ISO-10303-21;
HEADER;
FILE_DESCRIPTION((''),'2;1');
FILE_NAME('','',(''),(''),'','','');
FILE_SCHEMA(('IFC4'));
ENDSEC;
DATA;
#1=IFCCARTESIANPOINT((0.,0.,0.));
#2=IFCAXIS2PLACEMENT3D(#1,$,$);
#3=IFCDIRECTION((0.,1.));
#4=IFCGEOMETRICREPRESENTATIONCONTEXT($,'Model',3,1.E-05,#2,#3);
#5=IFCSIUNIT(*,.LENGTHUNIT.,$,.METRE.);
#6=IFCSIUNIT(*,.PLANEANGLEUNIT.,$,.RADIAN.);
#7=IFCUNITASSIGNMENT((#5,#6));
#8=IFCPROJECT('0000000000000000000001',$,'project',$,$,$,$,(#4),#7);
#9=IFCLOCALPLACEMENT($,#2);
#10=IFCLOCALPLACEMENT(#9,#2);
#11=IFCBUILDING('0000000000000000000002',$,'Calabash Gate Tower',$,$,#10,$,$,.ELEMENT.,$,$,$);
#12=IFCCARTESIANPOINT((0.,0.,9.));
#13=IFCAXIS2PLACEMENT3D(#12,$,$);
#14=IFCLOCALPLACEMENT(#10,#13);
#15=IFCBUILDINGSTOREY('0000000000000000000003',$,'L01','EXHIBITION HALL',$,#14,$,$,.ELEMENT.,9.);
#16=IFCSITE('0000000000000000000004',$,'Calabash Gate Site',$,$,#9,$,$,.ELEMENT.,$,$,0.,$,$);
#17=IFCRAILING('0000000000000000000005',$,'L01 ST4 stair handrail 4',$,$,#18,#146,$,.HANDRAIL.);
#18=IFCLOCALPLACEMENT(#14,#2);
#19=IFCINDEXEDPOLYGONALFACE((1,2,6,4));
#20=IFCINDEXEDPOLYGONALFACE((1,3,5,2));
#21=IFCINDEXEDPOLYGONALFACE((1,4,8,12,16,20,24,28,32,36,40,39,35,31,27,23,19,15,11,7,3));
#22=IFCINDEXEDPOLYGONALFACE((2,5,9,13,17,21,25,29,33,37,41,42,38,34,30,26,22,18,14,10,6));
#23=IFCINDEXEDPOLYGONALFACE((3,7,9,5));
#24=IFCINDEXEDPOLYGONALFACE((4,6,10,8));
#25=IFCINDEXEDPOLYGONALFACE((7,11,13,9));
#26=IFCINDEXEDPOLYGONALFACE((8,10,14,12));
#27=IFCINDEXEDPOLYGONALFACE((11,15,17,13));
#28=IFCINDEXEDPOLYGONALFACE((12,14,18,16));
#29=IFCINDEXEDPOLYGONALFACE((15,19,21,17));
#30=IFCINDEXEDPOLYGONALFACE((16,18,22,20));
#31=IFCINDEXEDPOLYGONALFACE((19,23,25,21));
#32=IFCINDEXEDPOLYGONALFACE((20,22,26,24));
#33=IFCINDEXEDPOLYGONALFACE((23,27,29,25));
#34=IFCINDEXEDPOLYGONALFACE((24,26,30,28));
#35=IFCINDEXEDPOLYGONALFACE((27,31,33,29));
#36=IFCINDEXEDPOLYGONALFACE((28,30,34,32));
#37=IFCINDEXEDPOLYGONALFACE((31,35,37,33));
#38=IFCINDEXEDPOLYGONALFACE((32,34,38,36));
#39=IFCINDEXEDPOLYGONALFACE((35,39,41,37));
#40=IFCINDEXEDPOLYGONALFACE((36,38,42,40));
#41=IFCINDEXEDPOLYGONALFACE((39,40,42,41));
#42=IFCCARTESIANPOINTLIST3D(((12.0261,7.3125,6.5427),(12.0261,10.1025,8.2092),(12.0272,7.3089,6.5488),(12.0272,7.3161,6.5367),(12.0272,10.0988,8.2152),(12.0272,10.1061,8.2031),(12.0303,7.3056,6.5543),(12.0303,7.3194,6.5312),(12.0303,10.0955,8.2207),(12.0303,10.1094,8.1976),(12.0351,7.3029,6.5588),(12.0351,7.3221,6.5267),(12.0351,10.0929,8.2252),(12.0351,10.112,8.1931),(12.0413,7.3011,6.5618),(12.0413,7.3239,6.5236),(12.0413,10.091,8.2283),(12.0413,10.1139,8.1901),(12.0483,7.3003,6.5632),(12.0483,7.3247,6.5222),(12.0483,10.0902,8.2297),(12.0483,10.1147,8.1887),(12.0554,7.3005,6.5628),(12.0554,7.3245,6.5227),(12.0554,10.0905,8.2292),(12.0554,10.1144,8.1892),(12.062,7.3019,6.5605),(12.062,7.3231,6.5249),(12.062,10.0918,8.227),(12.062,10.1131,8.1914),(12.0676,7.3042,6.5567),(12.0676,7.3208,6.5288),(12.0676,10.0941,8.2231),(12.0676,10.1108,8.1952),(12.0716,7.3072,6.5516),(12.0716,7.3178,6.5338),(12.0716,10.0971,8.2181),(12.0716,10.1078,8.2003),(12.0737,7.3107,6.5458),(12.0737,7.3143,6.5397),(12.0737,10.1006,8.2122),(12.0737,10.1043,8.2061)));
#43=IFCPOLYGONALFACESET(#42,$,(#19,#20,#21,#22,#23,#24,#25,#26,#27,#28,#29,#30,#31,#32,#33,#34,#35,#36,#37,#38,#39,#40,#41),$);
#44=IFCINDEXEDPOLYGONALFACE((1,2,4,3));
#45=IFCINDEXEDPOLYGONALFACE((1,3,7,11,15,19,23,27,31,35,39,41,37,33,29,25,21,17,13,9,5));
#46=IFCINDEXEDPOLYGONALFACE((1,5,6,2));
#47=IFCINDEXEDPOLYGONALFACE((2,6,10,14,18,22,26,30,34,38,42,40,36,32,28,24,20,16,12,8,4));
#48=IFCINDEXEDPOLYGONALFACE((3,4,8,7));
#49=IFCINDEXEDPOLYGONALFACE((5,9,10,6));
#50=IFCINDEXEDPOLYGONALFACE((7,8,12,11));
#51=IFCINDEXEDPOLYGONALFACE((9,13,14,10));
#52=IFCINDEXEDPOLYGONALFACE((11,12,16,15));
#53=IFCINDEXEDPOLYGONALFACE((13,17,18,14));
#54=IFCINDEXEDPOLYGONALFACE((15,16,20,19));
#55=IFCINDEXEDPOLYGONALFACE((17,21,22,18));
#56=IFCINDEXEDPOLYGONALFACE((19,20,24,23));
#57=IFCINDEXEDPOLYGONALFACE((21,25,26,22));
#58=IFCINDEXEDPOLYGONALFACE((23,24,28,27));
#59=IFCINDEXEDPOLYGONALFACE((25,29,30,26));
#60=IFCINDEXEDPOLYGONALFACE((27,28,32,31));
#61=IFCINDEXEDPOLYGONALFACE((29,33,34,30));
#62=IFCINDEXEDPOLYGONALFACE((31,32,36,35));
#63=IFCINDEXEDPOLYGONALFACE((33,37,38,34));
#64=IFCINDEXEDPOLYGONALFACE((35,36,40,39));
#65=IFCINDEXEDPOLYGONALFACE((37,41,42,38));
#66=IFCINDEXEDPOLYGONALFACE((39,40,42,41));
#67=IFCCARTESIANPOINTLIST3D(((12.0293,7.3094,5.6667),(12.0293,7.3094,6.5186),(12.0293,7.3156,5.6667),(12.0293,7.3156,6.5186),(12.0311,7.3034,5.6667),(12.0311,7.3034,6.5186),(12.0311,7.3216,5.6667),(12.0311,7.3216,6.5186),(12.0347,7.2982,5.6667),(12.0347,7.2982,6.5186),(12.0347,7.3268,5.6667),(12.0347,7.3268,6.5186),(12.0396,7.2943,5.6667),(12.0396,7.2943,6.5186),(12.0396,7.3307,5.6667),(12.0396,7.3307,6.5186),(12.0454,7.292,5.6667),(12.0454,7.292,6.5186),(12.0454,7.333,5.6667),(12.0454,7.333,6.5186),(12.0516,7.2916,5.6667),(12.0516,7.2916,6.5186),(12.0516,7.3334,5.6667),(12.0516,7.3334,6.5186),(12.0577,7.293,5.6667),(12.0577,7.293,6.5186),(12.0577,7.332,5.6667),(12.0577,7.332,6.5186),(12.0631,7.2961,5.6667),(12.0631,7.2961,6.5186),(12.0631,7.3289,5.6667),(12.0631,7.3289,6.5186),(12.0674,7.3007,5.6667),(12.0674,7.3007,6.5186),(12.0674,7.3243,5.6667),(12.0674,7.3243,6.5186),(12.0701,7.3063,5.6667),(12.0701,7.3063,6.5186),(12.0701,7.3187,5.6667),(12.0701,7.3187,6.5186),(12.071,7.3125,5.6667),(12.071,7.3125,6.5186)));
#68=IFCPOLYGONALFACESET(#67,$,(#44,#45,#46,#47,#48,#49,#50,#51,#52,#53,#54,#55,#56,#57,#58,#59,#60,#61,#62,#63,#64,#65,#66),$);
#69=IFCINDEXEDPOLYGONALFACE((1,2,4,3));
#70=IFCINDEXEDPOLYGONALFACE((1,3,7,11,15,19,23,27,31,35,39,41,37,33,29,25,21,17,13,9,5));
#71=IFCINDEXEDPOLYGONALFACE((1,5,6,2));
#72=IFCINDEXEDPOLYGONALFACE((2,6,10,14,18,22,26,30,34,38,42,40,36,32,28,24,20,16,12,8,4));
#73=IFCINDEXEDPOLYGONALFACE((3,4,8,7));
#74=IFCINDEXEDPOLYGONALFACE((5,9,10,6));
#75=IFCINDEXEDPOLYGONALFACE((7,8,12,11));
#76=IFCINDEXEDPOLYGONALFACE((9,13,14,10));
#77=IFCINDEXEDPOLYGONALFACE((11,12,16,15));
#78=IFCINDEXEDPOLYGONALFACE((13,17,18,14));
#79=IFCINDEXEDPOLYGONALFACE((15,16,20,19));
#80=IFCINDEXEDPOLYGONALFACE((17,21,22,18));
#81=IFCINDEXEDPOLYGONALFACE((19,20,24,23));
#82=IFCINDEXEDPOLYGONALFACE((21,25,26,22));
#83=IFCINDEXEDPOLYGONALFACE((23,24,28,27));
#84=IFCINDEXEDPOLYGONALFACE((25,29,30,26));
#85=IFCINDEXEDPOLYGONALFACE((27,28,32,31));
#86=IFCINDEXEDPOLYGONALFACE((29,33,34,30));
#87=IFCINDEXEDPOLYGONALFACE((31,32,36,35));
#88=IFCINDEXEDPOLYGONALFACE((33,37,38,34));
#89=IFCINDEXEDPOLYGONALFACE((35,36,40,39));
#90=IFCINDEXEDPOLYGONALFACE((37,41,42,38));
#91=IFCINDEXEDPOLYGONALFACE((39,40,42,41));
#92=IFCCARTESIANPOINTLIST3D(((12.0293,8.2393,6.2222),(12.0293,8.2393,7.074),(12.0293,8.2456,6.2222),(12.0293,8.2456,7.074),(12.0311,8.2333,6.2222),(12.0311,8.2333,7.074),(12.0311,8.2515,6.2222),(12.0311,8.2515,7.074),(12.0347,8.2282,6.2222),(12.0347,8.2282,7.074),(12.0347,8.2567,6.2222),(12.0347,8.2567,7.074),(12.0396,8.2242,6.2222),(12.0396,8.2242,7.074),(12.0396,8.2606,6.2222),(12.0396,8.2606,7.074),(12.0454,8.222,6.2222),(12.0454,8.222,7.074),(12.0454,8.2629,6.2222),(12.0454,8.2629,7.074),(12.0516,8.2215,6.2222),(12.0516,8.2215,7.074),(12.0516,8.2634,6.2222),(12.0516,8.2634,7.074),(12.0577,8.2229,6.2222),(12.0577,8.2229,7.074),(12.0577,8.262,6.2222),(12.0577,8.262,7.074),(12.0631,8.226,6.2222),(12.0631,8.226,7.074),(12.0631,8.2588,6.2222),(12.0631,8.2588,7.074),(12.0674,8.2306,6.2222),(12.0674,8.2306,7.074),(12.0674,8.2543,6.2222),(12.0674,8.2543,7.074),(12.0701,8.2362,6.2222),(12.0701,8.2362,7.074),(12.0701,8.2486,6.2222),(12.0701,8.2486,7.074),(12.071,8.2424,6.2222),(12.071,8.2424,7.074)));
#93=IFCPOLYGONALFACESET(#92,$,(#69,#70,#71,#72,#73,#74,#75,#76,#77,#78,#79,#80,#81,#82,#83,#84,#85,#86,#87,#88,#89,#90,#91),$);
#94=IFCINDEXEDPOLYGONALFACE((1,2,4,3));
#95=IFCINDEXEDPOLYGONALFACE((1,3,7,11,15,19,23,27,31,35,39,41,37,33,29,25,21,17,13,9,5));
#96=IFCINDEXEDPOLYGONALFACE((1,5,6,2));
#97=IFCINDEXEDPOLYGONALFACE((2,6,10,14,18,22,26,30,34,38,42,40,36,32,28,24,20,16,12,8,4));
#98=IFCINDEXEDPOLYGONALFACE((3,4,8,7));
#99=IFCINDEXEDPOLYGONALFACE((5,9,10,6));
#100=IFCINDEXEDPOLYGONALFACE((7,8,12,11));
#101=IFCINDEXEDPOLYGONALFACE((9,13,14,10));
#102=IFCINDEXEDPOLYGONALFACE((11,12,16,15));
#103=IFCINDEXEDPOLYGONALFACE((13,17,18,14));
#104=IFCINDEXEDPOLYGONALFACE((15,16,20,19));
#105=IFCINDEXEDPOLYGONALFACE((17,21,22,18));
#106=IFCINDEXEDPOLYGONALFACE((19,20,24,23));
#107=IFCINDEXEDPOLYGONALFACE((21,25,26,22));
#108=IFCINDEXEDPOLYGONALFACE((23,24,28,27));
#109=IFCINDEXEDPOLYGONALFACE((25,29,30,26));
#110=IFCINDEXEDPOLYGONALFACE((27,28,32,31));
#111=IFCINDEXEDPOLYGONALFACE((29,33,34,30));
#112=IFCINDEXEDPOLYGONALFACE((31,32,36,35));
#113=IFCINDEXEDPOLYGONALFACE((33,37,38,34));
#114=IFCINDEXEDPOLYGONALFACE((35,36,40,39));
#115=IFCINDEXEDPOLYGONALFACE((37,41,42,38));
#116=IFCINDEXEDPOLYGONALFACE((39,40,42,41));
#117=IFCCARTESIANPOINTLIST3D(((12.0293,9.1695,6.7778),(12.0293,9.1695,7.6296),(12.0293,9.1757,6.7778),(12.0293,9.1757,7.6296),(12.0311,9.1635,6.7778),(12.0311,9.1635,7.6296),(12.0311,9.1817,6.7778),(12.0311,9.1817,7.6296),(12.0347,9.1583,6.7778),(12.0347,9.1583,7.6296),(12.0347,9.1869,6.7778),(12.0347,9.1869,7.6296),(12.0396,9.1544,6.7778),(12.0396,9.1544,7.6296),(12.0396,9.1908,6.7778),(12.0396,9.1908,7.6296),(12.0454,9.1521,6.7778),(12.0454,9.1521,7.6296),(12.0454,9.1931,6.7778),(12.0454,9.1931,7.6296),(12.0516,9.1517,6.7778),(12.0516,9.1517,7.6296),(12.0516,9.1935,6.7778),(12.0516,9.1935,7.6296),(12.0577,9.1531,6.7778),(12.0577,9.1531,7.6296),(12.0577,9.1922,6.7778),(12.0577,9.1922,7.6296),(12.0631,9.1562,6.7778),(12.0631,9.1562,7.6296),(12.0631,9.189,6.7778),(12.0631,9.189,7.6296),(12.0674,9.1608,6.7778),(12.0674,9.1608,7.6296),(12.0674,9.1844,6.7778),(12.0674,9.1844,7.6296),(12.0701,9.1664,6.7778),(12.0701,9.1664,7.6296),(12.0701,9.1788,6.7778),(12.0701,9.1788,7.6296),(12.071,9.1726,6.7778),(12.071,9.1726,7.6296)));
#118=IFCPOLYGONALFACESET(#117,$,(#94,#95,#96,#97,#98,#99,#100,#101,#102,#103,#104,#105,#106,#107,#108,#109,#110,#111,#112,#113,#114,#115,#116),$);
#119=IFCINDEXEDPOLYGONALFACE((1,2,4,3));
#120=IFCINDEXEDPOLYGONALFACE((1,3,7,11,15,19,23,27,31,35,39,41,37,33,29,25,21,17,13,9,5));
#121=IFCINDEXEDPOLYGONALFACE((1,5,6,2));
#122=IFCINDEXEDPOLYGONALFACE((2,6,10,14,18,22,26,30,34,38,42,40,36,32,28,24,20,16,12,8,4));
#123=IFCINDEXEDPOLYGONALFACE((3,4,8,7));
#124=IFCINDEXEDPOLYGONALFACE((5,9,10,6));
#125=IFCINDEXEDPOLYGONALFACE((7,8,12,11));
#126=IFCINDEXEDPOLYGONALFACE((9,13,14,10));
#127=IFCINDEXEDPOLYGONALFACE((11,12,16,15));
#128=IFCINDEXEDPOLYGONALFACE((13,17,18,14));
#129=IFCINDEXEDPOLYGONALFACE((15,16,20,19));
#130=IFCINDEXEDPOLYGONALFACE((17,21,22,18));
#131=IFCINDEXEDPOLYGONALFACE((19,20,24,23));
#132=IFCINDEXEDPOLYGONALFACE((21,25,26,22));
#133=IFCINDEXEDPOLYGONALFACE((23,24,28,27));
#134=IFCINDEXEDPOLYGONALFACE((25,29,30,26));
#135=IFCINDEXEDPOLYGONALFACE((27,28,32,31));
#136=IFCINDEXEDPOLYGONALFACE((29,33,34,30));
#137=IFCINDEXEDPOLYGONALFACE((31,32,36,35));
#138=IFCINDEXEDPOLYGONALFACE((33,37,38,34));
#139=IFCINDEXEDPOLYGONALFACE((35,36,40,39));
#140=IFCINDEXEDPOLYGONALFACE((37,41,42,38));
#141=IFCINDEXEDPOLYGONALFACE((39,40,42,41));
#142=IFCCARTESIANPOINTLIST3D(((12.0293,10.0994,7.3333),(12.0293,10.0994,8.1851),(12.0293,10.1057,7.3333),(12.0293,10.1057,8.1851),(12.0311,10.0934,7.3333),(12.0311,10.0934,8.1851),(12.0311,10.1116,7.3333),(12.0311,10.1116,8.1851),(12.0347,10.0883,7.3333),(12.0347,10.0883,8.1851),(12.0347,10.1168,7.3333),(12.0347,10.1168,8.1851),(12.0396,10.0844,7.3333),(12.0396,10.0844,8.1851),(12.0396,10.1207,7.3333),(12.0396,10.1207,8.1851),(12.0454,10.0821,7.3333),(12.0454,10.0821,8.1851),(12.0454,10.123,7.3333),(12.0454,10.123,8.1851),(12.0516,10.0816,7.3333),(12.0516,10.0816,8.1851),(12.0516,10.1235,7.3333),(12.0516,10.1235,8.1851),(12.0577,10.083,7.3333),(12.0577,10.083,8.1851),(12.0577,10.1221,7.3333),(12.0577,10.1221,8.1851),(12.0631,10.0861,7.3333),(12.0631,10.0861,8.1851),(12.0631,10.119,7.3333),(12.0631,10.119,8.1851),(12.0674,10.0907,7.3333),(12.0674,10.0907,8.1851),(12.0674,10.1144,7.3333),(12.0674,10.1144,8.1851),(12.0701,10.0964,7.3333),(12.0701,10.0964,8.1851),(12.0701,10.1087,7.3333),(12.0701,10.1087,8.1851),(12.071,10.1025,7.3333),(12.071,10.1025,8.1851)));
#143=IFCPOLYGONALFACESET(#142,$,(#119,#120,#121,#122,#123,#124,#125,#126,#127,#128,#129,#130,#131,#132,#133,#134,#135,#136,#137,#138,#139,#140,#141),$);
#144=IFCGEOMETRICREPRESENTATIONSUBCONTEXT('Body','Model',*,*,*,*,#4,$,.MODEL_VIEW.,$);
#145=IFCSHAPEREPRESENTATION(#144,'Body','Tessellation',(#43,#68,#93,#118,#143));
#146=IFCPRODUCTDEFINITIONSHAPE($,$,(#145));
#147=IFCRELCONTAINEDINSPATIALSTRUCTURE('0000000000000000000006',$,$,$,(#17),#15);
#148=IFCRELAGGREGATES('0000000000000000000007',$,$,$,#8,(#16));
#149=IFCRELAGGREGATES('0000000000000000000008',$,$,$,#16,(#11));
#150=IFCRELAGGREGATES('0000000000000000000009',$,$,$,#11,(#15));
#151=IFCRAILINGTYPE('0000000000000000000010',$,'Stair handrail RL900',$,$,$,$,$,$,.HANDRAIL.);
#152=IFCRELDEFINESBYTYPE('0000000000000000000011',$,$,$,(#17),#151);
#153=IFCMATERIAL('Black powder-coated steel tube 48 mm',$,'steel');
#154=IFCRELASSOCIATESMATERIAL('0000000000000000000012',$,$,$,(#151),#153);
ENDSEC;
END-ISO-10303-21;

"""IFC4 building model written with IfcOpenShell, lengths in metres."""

from ifc_helpers import new_model, si_unit, direction, frame, origin, origin_2d, place, context, subcontext, project, spatial, circle, extrude, material, type_object, element, save


model = new_model("IFC4")

# Units and contexts
model_context = context("Model", 3, precision=1e-05, world=origin(), true_north=direction((0.0, 1.0)))
body_context = subcontext(model_context, "Body", "Model", "MODEL_VIEW")
ifc_project = project(units=[si_unit("LENGTHUNIT", "METRE"), si_unit("PLANEANGLEUNIT", "RADIAN")], contexts=[model_context])

# Site, building, storey
site_placement = place(None, origin())
site = spatial("IfcSite", under=ifc_project, at=site_placement, Name="Calabash Gate Site", CompositionType="ELEMENT", RefElevation=0.0)
building_placement = place(site_placement, origin())
building = spatial("IfcBuilding", under=site, at=building_placement, Name="Calabash Gate Tower", CompositionType="ELEMENT")
storey_placement = place(building_placement, frame((0.0, 0.0, 9.0)))
storey = spatial("IfcBuildingStorey", under=building, at=storey_placement, Name="L01", Description="EXHIBITION HALL", CompositionType="ELEMENT", Elevation=9.0)

# Railing
ifc_material_1 = material(Name="Black powder-coated steel tube 48 mm", Category="steel")
railing_type_1 = type_object("IfcRailingType", Name="Stair handrail RL900", PredefinedType="HANDRAIL", material=ifc_material_1)
railing_1_placement = place(storey_placement, frame((12.05, 7.3125, 5.6667)))
element("IfcRailing", 1, at=railing_1_placement, inside=storey, type_object=railing_type_1, Name="L01 ST4 stair handrail 4", PredefinedType="HANDRAIL", context=body_context, shape_type="SweptSolid", body=[
    extrude(circle(Radius=0.0239, at=origin_2d()), frame((0.0, 0.0, 0.876), z_axis=(0.0, 0.858512, 0.512793), x_axis=(-1.0, 0.0, 0.0)), (0.0, 0.0, 1.0), 3.2498),
    extrude(circle(Radius=0.021, at=origin_2d()), origin(), (0.0, 0.0, 1.0), 0.8518),
    extrude(circle(Radius=0.021, at=origin_2d()), frame((0.0, 0.9299, 0.5554)), (0.0, 0.0, 1.0), 0.8518),
    extrude(circle(Radius=0.021, at=origin_2d()), frame((0.0, 1.8601, 1.1111)), (0.0, 0.0, 1.0), 0.8518),
    extrude(circle(Radius=0.021, at=origin_2d()), frame((0.0, 2.79, 1.6665)), (0.0, 0.0, 1.0), 0.8518),
])

save(model, "model.ifc")
